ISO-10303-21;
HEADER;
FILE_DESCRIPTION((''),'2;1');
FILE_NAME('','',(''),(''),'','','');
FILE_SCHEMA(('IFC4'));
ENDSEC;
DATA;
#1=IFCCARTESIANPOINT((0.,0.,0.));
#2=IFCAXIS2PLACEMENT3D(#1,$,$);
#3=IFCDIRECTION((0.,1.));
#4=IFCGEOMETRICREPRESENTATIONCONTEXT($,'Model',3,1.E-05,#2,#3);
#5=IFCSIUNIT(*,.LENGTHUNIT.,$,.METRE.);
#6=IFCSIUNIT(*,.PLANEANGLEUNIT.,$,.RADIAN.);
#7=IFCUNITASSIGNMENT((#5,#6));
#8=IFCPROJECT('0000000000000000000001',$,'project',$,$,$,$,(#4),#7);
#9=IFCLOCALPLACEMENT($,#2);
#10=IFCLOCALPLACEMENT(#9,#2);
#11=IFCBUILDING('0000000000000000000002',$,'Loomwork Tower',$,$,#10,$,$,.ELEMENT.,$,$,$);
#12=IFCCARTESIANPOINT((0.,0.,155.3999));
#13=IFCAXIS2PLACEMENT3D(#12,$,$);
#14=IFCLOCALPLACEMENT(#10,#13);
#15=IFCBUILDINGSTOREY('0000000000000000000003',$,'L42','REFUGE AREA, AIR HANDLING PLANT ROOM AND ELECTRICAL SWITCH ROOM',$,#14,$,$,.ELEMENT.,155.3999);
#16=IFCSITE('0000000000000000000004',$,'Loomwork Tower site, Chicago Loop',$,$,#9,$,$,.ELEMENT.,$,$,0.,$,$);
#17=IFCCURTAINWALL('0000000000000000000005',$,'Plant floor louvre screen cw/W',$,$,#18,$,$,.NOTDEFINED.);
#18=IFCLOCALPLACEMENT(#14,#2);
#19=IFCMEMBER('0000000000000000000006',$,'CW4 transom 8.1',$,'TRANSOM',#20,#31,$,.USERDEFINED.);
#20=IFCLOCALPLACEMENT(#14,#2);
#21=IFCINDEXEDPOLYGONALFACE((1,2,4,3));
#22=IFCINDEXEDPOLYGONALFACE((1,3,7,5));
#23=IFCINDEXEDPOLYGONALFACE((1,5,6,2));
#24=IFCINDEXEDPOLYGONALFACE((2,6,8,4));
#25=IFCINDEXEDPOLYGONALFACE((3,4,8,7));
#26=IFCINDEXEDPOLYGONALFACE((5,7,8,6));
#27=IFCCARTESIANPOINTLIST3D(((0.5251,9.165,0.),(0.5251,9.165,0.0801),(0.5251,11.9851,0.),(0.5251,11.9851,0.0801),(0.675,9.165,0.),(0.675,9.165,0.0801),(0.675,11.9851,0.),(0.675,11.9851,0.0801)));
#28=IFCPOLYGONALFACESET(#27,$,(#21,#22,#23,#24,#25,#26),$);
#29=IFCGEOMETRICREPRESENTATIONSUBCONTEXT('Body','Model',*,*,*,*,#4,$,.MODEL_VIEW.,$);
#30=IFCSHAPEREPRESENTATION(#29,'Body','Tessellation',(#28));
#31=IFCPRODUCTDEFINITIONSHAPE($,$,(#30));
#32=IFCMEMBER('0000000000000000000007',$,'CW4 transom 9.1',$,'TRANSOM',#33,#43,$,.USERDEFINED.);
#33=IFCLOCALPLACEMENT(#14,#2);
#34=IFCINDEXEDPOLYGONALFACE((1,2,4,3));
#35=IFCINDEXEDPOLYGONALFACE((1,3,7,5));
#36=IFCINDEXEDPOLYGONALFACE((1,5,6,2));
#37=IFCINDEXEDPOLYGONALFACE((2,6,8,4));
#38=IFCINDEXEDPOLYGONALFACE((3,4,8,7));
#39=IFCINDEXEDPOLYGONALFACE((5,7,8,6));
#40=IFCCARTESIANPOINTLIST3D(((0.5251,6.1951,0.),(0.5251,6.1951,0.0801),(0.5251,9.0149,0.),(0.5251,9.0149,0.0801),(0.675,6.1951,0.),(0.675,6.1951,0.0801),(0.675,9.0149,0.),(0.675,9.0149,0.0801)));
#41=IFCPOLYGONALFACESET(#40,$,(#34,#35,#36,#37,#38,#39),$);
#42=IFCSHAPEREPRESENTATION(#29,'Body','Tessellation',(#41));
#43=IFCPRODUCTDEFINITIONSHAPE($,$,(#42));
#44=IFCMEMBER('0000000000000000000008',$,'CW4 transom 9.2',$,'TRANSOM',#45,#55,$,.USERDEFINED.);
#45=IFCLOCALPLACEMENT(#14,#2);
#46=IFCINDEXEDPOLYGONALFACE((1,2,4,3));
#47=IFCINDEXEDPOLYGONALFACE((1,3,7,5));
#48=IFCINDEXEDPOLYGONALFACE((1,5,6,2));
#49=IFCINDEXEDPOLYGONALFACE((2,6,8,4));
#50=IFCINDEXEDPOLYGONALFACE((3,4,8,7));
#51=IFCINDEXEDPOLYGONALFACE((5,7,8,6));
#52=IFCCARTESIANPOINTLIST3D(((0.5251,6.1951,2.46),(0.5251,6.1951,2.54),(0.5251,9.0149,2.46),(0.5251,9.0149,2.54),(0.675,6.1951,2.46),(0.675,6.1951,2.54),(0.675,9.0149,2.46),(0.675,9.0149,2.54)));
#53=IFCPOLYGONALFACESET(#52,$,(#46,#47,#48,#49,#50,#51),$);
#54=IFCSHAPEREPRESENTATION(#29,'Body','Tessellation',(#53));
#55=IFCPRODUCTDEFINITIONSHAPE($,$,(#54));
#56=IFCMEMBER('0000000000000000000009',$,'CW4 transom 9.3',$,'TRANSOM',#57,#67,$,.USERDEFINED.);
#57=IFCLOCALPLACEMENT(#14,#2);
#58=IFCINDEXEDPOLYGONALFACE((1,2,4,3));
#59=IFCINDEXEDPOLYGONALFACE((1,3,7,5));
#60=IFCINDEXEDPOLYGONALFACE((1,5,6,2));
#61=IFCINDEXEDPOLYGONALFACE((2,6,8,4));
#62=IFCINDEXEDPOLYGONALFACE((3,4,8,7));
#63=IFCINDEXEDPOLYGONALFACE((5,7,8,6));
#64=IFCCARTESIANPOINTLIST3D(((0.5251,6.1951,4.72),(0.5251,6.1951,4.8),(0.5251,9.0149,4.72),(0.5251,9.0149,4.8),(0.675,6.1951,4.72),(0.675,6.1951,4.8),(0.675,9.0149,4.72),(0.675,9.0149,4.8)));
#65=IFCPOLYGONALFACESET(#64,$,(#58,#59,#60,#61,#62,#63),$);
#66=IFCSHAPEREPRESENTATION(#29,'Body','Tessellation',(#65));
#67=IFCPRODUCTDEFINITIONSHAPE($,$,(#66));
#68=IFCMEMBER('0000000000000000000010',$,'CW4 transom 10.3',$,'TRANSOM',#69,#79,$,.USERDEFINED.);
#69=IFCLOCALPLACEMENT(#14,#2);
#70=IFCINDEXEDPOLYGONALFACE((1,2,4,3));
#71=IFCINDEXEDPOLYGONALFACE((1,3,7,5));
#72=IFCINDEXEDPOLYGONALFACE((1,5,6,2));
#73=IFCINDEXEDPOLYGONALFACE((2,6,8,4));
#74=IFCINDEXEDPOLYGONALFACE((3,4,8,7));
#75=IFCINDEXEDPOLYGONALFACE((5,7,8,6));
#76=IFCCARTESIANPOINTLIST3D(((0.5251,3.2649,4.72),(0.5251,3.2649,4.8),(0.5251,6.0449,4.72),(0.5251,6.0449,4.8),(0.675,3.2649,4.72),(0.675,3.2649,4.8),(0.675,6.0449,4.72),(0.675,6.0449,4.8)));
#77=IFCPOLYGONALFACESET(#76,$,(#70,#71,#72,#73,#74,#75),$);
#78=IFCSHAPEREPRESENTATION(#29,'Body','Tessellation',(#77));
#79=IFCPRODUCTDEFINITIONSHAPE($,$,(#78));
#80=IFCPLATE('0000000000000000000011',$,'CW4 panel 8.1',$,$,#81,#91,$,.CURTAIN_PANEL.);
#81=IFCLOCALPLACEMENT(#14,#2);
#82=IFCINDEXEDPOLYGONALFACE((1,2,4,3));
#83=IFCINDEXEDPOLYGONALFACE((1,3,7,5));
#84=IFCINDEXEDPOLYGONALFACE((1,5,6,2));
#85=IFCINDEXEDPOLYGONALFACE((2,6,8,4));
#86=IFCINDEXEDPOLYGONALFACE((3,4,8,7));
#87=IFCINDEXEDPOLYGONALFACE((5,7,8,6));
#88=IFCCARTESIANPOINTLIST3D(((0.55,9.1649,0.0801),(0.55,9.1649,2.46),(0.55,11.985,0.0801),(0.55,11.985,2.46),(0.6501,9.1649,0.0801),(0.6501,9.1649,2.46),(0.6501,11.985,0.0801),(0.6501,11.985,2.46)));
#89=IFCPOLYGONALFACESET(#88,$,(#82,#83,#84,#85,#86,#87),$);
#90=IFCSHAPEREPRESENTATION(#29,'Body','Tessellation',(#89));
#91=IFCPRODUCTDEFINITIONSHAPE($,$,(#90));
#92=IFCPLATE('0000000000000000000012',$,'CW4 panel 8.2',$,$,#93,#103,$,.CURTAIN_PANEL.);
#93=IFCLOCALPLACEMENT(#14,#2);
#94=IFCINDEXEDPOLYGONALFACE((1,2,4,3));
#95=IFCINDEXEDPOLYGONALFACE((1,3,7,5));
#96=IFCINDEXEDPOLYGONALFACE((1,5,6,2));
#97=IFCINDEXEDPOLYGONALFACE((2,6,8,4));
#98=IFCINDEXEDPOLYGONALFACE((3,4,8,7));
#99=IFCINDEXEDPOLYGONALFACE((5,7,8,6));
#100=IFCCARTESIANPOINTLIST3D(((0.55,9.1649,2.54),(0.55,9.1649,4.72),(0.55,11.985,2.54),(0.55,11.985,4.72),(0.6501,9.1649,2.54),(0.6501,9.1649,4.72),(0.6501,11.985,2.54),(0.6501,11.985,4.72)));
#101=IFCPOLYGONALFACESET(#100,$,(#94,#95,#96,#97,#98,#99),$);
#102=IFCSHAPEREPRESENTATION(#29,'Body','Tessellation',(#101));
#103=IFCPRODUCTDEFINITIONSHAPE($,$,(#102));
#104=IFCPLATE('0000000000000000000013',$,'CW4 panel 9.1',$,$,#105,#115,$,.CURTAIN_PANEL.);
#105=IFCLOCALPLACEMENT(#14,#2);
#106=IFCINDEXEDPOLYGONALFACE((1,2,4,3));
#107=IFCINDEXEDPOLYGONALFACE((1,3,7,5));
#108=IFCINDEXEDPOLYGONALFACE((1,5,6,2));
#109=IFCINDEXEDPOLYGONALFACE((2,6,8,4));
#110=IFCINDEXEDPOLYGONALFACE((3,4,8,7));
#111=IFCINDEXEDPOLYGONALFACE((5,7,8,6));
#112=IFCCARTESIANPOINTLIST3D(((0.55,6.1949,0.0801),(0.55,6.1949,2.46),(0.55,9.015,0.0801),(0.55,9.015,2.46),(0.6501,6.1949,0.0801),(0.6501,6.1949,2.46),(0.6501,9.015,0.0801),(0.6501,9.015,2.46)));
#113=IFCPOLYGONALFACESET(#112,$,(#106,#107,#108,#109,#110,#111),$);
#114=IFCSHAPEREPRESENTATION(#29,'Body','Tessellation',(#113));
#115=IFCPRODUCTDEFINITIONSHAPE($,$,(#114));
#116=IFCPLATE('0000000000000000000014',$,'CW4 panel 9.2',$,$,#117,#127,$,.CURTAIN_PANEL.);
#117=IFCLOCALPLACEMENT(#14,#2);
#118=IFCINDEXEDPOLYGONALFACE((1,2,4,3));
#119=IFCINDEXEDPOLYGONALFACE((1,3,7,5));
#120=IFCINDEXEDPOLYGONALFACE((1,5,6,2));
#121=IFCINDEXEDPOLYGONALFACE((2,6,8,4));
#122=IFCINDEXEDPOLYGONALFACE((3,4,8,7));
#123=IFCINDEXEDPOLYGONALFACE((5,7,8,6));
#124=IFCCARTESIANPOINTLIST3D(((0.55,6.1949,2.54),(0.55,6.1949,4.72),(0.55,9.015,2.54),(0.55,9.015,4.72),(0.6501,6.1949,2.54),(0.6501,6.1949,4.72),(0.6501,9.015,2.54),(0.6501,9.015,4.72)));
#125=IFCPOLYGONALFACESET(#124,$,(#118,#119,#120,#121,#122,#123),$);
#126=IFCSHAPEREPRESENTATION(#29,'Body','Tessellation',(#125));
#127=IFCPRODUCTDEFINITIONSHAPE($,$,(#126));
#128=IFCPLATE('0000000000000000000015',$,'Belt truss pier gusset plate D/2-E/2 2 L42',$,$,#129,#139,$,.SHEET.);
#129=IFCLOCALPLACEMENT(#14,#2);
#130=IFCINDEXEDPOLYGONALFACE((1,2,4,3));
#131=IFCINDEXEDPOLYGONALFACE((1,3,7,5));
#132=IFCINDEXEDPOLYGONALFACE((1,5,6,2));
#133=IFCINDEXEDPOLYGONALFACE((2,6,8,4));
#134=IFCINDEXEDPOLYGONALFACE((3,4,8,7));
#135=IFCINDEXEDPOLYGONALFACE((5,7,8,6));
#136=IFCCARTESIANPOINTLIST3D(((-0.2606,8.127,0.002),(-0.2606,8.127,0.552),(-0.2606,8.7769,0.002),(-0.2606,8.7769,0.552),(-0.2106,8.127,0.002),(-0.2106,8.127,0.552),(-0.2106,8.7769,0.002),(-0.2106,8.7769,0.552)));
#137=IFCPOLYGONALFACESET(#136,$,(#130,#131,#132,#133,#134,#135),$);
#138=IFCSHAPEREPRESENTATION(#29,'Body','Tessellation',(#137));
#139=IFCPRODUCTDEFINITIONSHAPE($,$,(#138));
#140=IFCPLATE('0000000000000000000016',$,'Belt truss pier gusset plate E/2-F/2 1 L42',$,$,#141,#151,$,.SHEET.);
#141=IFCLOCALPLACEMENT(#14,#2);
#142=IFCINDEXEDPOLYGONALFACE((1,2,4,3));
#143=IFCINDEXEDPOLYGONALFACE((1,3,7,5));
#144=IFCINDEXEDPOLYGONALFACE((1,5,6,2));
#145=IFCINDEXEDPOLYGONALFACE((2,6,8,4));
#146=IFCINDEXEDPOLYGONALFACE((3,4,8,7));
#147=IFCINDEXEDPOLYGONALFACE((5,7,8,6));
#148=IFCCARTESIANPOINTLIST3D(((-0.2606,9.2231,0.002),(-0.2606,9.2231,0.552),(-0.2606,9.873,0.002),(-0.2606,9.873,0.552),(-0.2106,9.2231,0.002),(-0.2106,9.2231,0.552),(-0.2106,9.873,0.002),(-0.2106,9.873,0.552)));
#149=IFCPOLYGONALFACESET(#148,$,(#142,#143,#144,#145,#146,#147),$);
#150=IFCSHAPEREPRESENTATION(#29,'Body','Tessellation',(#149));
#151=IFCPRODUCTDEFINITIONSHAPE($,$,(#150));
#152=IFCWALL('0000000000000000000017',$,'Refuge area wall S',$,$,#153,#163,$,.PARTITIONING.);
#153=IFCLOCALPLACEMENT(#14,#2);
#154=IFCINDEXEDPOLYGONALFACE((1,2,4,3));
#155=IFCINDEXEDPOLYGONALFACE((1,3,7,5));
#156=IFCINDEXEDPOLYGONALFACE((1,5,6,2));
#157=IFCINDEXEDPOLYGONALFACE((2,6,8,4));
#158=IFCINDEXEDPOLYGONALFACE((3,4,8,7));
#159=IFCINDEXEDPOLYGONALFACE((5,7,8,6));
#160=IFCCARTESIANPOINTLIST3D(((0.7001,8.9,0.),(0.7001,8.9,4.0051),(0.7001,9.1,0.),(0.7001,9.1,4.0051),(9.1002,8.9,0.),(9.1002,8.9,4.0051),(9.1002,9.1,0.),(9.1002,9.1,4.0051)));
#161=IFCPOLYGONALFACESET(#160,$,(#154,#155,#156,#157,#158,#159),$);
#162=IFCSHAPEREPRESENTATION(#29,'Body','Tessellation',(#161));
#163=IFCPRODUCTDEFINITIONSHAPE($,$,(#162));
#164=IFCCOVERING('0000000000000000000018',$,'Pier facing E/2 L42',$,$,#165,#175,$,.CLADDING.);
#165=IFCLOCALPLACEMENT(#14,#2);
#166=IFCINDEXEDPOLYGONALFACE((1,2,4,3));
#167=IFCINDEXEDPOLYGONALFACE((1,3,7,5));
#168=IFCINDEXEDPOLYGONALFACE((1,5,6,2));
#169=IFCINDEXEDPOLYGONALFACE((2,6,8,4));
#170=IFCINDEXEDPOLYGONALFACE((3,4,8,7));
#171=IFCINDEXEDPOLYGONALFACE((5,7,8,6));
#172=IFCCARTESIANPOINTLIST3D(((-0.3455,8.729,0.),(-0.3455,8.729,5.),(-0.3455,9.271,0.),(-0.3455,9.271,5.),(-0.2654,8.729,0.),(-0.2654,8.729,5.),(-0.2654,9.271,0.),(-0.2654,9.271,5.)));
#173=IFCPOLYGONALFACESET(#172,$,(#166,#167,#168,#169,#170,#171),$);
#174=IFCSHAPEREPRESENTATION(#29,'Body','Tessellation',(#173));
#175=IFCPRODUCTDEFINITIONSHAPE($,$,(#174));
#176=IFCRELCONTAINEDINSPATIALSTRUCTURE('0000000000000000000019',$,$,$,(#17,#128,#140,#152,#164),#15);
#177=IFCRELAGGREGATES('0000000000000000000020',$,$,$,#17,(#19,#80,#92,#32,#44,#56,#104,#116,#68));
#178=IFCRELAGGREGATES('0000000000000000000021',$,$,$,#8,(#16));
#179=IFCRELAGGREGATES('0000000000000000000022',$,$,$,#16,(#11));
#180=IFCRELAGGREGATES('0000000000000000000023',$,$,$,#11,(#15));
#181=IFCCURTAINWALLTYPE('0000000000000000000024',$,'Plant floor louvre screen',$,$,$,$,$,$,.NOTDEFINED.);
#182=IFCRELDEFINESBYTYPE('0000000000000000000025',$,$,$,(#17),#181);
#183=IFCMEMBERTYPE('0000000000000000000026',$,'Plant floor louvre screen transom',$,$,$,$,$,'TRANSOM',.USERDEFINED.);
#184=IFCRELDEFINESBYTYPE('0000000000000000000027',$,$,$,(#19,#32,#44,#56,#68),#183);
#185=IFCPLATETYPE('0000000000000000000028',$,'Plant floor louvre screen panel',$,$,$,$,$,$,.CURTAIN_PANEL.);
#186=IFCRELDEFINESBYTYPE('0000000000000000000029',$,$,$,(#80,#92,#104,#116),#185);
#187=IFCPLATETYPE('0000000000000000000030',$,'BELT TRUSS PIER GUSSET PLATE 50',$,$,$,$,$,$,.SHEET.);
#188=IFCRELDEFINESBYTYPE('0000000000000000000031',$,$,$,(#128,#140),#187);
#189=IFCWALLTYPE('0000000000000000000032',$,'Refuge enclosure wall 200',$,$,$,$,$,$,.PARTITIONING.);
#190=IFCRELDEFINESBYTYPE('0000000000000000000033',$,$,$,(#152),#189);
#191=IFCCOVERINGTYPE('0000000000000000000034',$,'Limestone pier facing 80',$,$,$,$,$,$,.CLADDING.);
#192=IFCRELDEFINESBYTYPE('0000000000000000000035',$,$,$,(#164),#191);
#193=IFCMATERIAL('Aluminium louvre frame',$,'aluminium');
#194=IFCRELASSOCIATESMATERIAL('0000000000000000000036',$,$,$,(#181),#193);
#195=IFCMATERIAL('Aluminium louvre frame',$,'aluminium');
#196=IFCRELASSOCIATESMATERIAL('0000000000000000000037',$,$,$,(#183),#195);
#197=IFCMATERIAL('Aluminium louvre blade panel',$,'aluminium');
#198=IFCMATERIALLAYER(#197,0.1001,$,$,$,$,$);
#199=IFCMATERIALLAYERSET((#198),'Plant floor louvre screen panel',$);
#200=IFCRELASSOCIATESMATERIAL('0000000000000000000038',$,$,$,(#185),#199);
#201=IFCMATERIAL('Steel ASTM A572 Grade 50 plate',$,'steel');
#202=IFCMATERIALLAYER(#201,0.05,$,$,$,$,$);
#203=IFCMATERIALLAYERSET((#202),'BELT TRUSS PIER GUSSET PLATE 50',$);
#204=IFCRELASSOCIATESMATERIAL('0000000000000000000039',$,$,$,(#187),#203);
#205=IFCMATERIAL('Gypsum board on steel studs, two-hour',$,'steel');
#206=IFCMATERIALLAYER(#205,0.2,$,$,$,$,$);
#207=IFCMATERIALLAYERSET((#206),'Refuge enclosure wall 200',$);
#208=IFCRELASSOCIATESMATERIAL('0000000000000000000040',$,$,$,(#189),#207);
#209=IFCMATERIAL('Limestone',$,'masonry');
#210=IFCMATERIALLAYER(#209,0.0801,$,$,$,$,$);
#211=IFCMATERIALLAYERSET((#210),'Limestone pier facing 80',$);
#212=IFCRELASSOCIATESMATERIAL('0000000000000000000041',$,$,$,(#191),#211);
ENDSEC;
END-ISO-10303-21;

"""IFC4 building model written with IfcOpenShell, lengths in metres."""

from ifc_helpers import new_model, si_unit, direction, frame, frame_2d, origin, origin_2d, place, context, subcontext, project, spatial, rectangle, extrude, material, layer, layer_set, material_profile, profile_set, type_object, element, aggregate, save


model = new_model("IFC4")

# Units and contexts
model_context = context("Model", 3, precision=1e-05, world=origin(), true_north=direction((0.0, 1.0)))
body_context = subcontext(model_context, "Body", "Model", "MODEL_VIEW")
ifc_project = project(units=[si_unit("LENGTHUNIT", "METRE"), si_unit("PLANEANGLEUNIT", "RADIAN")], contexts=[model_context])

# Site, building, storey
site_placement = place(None, origin())
site = spatial("IfcSite", under=ifc_project, at=site_placement, Name="Loomwork Tower site, Chicago Loop", CompositionType="ELEMENT", RefElevation=0.0)
building_placement = place(site_placement, origin())
building = spatial("IfcBuilding", under=site, at=building_placement, Name="Loomwork Tower", CompositionType="ELEMENT")
storey_placement = place(building_placement, frame((0.0, 0.0, 155.3999)))
storey = spatial("IfcBuildingStorey", under=building, at=storey_placement, Name="L42", Description="REFUGE AREA, AIR HANDLING PLANT ROOM AND ELECTRICAL SWITCH ROOM", CompositionType="ELEMENT", Elevation=155.3999)

# Curtain wall, members, plates
ifc_material_1 = material(Name="Aluminium louvre frame", Category="aluminium")
curtain_wall_type = type_object("IfcCurtainWallType", Name="Plant floor louvre screen", PredefinedType="NOTDEFINED", material=ifc_material_1)
curtain_wall_placement = place(storey_placement, origin())
curtain_wall = element("IfcCurtainWall", 1, at=curtain_wall_placement, inside=storey, type_object=curtain_wall_type, Name="Plant floor louvre screen cw/W", PredefinedType="NOTDEFINED")
ifc_material_2 = material(Name="Aluminium louvre frame", Category="aluminium")
ifc_material_profile_1 = material_profile(ifc_material_2, rectangle(XDim=0.1499, YDim=0.0801, at=origin_2d()), Name="AL 80x150")
ifc_profile_set_1 = profile_set([ifc_material_profile_1], Name="Aluminium louvre frame")
member_type_1 = type_object("IfcMemberType", Name="Plant floor louvre screen transom", ElementType="TRANSOM", PredefinedType="USERDEFINED", material=ifc_profile_set_1)
member_1_placement = place(storey_placement, frame((0.6001, 11.9851, 0.04), z_axis=(0.0, -1.0, 0.0), x_axis=(1.0, 0.0, 0.0)))
member_1 = element("IfcMember", 2, at=member_1_placement, type_object=member_type_1, Name="CW4 transom 8.1", ObjectType="TRANSOM", PredefinedType="USERDEFINED", context=body_context, shape_type="SweptSolid", body=[
    extrude(rectangle(XDim=0.1499, YDim=0.0801, at=origin_2d()), origin(), (0.0, 0.0, 1.0), 2.8201),
])
member_2_placement = place(storey_placement, frame((0.6001, 9.0149, 0.04), z_axis=(0.0, -1.0, 0.0), x_axis=(1.0, 0.0, 0.0)))
member_2 = element("IfcMember", 3, at=member_2_placement, type_object=member_type_1, Name="CW4 transom 9.1", ObjectType="TRANSOM", PredefinedType="USERDEFINED", context=body_context, shape_type="SweptSolid", body=[
    extrude(rectangle(XDim=0.1499, YDim=0.0801, at=origin_2d()), origin(), (0.0, 0.0, 1.0), 2.8198),
])
member_3_placement = place(storey_placement, frame((0.6001, 9.0149, 2.5), z_axis=(0.0, -1.0, 0.0), x_axis=(1.0, 0.0, 0.0)))
member_3 = element("IfcMember", 4, at=member_3_placement, type_object=member_type_1, Name="CW4 transom 9.2", ObjectType="TRANSOM", PredefinedType="USERDEFINED", context=body_context, shape_type="SweptSolid", body=[
    extrude(rectangle(XDim=0.1499, YDim=0.0801, at=origin_2d()), origin(), (0.0, 0.0, 1.0), 2.8198),
])
member_4_placement = place(storey_placement, frame((0.6001, 9.0149, 4.76), z_axis=(0.0, -1.0, 0.0), x_axis=(1.0, 0.0, 0.0)))
member_4 = element("IfcMember", 5, at=member_4_placement, type_object=member_type_1, Name="CW4 transom 9.3", ObjectType="TRANSOM", PredefinedType="USERDEFINED", context=body_context, shape_type="SweptSolid", body=[
    extrude(rectangle(XDim=0.1499, YDim=0.0801, at=origin_2d()), origin(), (0.0, 0.0, 1.0), 2.8198),
])
member_5_placement = place(storey_placement, frame((0.6001, 6.0449, 4.76), z_axis=(0.0, -1.0, 0.0), x_axis=(1.0, 0.0, 0.0)))
member_5 = element("IfcMember", 6, at=member_5_placement, type_object=member_type_1, Name="CW4 transom 10.3", ObjectType="TRANSOM", PredefinedType="USERDEFINED", context=body_context, shape_type="SweptSolid", body=[
    extrude(rectangle(XDim=0.1499, YDim=0.0801, at=origin_2d()), origin(), (0.0, 0.0, 1.0), 2.78),
])
ifc_material_3 = material(Name="Aluminium louvre blade panel", Category="aluminium")
ifc_layer_1 = layer(ifc_material_3, 0.1001)
ifc_layer_set_1 = layer_set([ifc_layer_1], Name="Plant floor louvre screen panel")
plate_type_1 = type_object("IfcPlateType", Name="Plant floor louvre screen panel", PredefinedType="CURTAIN_PANEL", material=ifc_layer_set_1)
plate_1_placement = place(storey_placement, frame((0.6001, 10.575, 0.0801), z_axis=(0.0, 0.0, 1.0), x_axis=(0.0, -1.0, 0.0)))
plate_1 = element("IfcPlate", 7, at=plate_1_placement, type_object=plate_type_1, Name="CW4 panel 8.1", PredefinedType="CURTAIN_PANEL", context=body_context, shape_type="SweptSolid", body=[
    extrude(rectangle(XDim=2.8201, YDim=0.1001, at=origin_2d()), origin(), (0.0, 0.0, 1.0), 2.3799),
])
plate_2_placement = place(storey_placement, frame((0.6001, 10.575, 2.54), z_axis=(0.0, 0.0, 1.0), x_axis=(0.0, -1.0, 0.0)))
plate_2 = element("IfcPlate", 8, at=plate_2_placement, type_object=plate_type_1, Name="CW4 panel 8.2", PredefinedType="CURTAIN_PANEL", context=body_context, shape_type="SweptSolid", body=[
    extrude(rectangle(XDim=2.8201, YDim=0.1001, at=origin_2d()), origin(), (0.0, 0.0, 1.0), 2.1799),
])
plate_3_placement = place(storey_placement, frame((0.6001, 7.605, 0.0801), z_axis=(0.0, 0.0, 1.0), x_axis=(0.0, -1.0, 0.0)))
plate_3 = element("IfcPlate", 9, at=plate_3_placement, type_object=plate_type_1, Name="CW4 panel 9.1", PredefinedType="CURTAIN_PANEL", context=body_context, shape_type="SweptSolid", body=[
    extrude(rectangle(XDim=2.8201, YDim=0.1001, at=origin_2d()), origin(), (0.0, 0.0, 1.0), 2.3799),
])
plate_4_placement = place(storey_placement, frame((0.6001, 7.605, 2.54), z_axis=(0.0, 0.0, 1.0), x_axis=(0.0, -1.0, 0.0)))
plate_4 = element("IfcPlate", 10, at=plate_4_placement, type_object=plate_type_1, Name="CW4 panel 9.2", PredefinedType="CURTAIN_PANEL", context=body_context, shape_type="SweptSolid", body=[
    extrude(rectangle(XDim=2.8201, YDim=0.1001, at=origin_2d()), origin(), (0.0, 0.0, 1.0), 2.1799),
])
aggregate(curtain_wall, [member_1, plate_1, plate_2, member_2, member_3, member_4, plate_3, plate_4, member_5])

# Plates
ifc_material_4 = material(Name="Steel ASTM A572 Grade 50 plate", Category="steel")
ifc_layer_2 = layer(ifc_material_4, 0.05)
ifc_layer_set_2 = layer_set([ifc_layer_2], Name="BELT TRUSS PIER GUSSET PLATE 50")
plate_type_2 = type_object("IfcPlateType", Name="BELT TRUSS PIER GUSSET PLATE 50", PredefinedType="SHEET", material=ifc_layer_set_2)
for number, where, z_axis, x_axis, name in (
    (11, (-0.2356, 8.4519, 0.002), (0.0, 0.0, 1.0), (0.0, 1.0, 0.0), "Belt truss pier gusset plate D/2-E/2 2 L42"),
    (12, (-0.2356, 9.5481, 0.002), (0.0, 0.0, 1.0), (0.0, 1.0, 0.0), "Belt truss pier gusset plate E/2-F/2 1 L42"),
):
    element("IfcPlate", number, at=place(storey_placement, frame(where, z_axis=z_axis, x_axis=x_axis)), inside=storey, type_object=plate_type_2, Name=name, PredefinedType="SHEET", context=body_context, shape_type="SweptSolid", body=[
        extrude(rectangle(XDim=0.6499, YDim=0.05, at=origin_2d()), origin(), (0.0, 0.0, 1.0), 0.55),
    ])

# Wall
ifc_material_5 = material(Name="Gypsum board on steel studs, two-hour", Category="steel")
ifc_layer_3 = layer(ifc_material_5, 0.2)
ifc_layer_set_3 = layer_set([ifc_layer_3], Name="Refuge enclosure wall 200")
wall_type = type_object("IfcWallType", Name="Refuge enclosure wall 200", PredefinedType="PARTITIONING", material=ifc_layer_set_3)
wall_placement = place(storey_placement, frame((0.7, 9.0, 0.0), z_axis=(0.0, 0.0, 1.0), x_axis=(1.0, 0.0, 0.0)))
element("IfcWall", 13, at=wall_placement, inside=storey, type_object=wall_type, Name="Refuge area wall S", PredefinedType="PARTITIONING", context=body_context, shape_type="SweptSolid", body=[
    extrude(rectangle(XDim=8.4001, YDim=0.2, at=frame_2d((4.2002, 0.0))), origin(), (0.0, 0.0, 1.0), 4.0051),
])

# Covering
ifc_material_6 = material(Name="Limestone", Category="masonry")
ifc_layer_4 = layer(ifc_material_6, 0.0801)
ifc_layer_set_4 = layer_set([ifc_layer_4], Name="Limestone pier facing 80")
covering_type = type_object("IfcCoveringType", Name="Limestone pier facing 80", PredefinedType="CLADDING", material=ifc_layer_set_4)
covering_placement = place(storey_placement, frame((-0.3054, 9.0, 0.0), z_axis=(0.0, 0.0, 1.0), x_axis=(1.0, 0.0, 0.0)))
element("IfcCovering", 14, at=covering_placement, inside=storey, type_object=covering_type, Name="Pier facing E/2 L42", PredefinedType="CLADDING", context=body_context, shape_type="SweptSolid", body=[
    extrude(rectangle(XDim=0.0801, YDim=0.542, at=origin_2d()), origin(), (0.0, 0.0, 1.0), 5.0),
])

save(model, "model.ifc")
